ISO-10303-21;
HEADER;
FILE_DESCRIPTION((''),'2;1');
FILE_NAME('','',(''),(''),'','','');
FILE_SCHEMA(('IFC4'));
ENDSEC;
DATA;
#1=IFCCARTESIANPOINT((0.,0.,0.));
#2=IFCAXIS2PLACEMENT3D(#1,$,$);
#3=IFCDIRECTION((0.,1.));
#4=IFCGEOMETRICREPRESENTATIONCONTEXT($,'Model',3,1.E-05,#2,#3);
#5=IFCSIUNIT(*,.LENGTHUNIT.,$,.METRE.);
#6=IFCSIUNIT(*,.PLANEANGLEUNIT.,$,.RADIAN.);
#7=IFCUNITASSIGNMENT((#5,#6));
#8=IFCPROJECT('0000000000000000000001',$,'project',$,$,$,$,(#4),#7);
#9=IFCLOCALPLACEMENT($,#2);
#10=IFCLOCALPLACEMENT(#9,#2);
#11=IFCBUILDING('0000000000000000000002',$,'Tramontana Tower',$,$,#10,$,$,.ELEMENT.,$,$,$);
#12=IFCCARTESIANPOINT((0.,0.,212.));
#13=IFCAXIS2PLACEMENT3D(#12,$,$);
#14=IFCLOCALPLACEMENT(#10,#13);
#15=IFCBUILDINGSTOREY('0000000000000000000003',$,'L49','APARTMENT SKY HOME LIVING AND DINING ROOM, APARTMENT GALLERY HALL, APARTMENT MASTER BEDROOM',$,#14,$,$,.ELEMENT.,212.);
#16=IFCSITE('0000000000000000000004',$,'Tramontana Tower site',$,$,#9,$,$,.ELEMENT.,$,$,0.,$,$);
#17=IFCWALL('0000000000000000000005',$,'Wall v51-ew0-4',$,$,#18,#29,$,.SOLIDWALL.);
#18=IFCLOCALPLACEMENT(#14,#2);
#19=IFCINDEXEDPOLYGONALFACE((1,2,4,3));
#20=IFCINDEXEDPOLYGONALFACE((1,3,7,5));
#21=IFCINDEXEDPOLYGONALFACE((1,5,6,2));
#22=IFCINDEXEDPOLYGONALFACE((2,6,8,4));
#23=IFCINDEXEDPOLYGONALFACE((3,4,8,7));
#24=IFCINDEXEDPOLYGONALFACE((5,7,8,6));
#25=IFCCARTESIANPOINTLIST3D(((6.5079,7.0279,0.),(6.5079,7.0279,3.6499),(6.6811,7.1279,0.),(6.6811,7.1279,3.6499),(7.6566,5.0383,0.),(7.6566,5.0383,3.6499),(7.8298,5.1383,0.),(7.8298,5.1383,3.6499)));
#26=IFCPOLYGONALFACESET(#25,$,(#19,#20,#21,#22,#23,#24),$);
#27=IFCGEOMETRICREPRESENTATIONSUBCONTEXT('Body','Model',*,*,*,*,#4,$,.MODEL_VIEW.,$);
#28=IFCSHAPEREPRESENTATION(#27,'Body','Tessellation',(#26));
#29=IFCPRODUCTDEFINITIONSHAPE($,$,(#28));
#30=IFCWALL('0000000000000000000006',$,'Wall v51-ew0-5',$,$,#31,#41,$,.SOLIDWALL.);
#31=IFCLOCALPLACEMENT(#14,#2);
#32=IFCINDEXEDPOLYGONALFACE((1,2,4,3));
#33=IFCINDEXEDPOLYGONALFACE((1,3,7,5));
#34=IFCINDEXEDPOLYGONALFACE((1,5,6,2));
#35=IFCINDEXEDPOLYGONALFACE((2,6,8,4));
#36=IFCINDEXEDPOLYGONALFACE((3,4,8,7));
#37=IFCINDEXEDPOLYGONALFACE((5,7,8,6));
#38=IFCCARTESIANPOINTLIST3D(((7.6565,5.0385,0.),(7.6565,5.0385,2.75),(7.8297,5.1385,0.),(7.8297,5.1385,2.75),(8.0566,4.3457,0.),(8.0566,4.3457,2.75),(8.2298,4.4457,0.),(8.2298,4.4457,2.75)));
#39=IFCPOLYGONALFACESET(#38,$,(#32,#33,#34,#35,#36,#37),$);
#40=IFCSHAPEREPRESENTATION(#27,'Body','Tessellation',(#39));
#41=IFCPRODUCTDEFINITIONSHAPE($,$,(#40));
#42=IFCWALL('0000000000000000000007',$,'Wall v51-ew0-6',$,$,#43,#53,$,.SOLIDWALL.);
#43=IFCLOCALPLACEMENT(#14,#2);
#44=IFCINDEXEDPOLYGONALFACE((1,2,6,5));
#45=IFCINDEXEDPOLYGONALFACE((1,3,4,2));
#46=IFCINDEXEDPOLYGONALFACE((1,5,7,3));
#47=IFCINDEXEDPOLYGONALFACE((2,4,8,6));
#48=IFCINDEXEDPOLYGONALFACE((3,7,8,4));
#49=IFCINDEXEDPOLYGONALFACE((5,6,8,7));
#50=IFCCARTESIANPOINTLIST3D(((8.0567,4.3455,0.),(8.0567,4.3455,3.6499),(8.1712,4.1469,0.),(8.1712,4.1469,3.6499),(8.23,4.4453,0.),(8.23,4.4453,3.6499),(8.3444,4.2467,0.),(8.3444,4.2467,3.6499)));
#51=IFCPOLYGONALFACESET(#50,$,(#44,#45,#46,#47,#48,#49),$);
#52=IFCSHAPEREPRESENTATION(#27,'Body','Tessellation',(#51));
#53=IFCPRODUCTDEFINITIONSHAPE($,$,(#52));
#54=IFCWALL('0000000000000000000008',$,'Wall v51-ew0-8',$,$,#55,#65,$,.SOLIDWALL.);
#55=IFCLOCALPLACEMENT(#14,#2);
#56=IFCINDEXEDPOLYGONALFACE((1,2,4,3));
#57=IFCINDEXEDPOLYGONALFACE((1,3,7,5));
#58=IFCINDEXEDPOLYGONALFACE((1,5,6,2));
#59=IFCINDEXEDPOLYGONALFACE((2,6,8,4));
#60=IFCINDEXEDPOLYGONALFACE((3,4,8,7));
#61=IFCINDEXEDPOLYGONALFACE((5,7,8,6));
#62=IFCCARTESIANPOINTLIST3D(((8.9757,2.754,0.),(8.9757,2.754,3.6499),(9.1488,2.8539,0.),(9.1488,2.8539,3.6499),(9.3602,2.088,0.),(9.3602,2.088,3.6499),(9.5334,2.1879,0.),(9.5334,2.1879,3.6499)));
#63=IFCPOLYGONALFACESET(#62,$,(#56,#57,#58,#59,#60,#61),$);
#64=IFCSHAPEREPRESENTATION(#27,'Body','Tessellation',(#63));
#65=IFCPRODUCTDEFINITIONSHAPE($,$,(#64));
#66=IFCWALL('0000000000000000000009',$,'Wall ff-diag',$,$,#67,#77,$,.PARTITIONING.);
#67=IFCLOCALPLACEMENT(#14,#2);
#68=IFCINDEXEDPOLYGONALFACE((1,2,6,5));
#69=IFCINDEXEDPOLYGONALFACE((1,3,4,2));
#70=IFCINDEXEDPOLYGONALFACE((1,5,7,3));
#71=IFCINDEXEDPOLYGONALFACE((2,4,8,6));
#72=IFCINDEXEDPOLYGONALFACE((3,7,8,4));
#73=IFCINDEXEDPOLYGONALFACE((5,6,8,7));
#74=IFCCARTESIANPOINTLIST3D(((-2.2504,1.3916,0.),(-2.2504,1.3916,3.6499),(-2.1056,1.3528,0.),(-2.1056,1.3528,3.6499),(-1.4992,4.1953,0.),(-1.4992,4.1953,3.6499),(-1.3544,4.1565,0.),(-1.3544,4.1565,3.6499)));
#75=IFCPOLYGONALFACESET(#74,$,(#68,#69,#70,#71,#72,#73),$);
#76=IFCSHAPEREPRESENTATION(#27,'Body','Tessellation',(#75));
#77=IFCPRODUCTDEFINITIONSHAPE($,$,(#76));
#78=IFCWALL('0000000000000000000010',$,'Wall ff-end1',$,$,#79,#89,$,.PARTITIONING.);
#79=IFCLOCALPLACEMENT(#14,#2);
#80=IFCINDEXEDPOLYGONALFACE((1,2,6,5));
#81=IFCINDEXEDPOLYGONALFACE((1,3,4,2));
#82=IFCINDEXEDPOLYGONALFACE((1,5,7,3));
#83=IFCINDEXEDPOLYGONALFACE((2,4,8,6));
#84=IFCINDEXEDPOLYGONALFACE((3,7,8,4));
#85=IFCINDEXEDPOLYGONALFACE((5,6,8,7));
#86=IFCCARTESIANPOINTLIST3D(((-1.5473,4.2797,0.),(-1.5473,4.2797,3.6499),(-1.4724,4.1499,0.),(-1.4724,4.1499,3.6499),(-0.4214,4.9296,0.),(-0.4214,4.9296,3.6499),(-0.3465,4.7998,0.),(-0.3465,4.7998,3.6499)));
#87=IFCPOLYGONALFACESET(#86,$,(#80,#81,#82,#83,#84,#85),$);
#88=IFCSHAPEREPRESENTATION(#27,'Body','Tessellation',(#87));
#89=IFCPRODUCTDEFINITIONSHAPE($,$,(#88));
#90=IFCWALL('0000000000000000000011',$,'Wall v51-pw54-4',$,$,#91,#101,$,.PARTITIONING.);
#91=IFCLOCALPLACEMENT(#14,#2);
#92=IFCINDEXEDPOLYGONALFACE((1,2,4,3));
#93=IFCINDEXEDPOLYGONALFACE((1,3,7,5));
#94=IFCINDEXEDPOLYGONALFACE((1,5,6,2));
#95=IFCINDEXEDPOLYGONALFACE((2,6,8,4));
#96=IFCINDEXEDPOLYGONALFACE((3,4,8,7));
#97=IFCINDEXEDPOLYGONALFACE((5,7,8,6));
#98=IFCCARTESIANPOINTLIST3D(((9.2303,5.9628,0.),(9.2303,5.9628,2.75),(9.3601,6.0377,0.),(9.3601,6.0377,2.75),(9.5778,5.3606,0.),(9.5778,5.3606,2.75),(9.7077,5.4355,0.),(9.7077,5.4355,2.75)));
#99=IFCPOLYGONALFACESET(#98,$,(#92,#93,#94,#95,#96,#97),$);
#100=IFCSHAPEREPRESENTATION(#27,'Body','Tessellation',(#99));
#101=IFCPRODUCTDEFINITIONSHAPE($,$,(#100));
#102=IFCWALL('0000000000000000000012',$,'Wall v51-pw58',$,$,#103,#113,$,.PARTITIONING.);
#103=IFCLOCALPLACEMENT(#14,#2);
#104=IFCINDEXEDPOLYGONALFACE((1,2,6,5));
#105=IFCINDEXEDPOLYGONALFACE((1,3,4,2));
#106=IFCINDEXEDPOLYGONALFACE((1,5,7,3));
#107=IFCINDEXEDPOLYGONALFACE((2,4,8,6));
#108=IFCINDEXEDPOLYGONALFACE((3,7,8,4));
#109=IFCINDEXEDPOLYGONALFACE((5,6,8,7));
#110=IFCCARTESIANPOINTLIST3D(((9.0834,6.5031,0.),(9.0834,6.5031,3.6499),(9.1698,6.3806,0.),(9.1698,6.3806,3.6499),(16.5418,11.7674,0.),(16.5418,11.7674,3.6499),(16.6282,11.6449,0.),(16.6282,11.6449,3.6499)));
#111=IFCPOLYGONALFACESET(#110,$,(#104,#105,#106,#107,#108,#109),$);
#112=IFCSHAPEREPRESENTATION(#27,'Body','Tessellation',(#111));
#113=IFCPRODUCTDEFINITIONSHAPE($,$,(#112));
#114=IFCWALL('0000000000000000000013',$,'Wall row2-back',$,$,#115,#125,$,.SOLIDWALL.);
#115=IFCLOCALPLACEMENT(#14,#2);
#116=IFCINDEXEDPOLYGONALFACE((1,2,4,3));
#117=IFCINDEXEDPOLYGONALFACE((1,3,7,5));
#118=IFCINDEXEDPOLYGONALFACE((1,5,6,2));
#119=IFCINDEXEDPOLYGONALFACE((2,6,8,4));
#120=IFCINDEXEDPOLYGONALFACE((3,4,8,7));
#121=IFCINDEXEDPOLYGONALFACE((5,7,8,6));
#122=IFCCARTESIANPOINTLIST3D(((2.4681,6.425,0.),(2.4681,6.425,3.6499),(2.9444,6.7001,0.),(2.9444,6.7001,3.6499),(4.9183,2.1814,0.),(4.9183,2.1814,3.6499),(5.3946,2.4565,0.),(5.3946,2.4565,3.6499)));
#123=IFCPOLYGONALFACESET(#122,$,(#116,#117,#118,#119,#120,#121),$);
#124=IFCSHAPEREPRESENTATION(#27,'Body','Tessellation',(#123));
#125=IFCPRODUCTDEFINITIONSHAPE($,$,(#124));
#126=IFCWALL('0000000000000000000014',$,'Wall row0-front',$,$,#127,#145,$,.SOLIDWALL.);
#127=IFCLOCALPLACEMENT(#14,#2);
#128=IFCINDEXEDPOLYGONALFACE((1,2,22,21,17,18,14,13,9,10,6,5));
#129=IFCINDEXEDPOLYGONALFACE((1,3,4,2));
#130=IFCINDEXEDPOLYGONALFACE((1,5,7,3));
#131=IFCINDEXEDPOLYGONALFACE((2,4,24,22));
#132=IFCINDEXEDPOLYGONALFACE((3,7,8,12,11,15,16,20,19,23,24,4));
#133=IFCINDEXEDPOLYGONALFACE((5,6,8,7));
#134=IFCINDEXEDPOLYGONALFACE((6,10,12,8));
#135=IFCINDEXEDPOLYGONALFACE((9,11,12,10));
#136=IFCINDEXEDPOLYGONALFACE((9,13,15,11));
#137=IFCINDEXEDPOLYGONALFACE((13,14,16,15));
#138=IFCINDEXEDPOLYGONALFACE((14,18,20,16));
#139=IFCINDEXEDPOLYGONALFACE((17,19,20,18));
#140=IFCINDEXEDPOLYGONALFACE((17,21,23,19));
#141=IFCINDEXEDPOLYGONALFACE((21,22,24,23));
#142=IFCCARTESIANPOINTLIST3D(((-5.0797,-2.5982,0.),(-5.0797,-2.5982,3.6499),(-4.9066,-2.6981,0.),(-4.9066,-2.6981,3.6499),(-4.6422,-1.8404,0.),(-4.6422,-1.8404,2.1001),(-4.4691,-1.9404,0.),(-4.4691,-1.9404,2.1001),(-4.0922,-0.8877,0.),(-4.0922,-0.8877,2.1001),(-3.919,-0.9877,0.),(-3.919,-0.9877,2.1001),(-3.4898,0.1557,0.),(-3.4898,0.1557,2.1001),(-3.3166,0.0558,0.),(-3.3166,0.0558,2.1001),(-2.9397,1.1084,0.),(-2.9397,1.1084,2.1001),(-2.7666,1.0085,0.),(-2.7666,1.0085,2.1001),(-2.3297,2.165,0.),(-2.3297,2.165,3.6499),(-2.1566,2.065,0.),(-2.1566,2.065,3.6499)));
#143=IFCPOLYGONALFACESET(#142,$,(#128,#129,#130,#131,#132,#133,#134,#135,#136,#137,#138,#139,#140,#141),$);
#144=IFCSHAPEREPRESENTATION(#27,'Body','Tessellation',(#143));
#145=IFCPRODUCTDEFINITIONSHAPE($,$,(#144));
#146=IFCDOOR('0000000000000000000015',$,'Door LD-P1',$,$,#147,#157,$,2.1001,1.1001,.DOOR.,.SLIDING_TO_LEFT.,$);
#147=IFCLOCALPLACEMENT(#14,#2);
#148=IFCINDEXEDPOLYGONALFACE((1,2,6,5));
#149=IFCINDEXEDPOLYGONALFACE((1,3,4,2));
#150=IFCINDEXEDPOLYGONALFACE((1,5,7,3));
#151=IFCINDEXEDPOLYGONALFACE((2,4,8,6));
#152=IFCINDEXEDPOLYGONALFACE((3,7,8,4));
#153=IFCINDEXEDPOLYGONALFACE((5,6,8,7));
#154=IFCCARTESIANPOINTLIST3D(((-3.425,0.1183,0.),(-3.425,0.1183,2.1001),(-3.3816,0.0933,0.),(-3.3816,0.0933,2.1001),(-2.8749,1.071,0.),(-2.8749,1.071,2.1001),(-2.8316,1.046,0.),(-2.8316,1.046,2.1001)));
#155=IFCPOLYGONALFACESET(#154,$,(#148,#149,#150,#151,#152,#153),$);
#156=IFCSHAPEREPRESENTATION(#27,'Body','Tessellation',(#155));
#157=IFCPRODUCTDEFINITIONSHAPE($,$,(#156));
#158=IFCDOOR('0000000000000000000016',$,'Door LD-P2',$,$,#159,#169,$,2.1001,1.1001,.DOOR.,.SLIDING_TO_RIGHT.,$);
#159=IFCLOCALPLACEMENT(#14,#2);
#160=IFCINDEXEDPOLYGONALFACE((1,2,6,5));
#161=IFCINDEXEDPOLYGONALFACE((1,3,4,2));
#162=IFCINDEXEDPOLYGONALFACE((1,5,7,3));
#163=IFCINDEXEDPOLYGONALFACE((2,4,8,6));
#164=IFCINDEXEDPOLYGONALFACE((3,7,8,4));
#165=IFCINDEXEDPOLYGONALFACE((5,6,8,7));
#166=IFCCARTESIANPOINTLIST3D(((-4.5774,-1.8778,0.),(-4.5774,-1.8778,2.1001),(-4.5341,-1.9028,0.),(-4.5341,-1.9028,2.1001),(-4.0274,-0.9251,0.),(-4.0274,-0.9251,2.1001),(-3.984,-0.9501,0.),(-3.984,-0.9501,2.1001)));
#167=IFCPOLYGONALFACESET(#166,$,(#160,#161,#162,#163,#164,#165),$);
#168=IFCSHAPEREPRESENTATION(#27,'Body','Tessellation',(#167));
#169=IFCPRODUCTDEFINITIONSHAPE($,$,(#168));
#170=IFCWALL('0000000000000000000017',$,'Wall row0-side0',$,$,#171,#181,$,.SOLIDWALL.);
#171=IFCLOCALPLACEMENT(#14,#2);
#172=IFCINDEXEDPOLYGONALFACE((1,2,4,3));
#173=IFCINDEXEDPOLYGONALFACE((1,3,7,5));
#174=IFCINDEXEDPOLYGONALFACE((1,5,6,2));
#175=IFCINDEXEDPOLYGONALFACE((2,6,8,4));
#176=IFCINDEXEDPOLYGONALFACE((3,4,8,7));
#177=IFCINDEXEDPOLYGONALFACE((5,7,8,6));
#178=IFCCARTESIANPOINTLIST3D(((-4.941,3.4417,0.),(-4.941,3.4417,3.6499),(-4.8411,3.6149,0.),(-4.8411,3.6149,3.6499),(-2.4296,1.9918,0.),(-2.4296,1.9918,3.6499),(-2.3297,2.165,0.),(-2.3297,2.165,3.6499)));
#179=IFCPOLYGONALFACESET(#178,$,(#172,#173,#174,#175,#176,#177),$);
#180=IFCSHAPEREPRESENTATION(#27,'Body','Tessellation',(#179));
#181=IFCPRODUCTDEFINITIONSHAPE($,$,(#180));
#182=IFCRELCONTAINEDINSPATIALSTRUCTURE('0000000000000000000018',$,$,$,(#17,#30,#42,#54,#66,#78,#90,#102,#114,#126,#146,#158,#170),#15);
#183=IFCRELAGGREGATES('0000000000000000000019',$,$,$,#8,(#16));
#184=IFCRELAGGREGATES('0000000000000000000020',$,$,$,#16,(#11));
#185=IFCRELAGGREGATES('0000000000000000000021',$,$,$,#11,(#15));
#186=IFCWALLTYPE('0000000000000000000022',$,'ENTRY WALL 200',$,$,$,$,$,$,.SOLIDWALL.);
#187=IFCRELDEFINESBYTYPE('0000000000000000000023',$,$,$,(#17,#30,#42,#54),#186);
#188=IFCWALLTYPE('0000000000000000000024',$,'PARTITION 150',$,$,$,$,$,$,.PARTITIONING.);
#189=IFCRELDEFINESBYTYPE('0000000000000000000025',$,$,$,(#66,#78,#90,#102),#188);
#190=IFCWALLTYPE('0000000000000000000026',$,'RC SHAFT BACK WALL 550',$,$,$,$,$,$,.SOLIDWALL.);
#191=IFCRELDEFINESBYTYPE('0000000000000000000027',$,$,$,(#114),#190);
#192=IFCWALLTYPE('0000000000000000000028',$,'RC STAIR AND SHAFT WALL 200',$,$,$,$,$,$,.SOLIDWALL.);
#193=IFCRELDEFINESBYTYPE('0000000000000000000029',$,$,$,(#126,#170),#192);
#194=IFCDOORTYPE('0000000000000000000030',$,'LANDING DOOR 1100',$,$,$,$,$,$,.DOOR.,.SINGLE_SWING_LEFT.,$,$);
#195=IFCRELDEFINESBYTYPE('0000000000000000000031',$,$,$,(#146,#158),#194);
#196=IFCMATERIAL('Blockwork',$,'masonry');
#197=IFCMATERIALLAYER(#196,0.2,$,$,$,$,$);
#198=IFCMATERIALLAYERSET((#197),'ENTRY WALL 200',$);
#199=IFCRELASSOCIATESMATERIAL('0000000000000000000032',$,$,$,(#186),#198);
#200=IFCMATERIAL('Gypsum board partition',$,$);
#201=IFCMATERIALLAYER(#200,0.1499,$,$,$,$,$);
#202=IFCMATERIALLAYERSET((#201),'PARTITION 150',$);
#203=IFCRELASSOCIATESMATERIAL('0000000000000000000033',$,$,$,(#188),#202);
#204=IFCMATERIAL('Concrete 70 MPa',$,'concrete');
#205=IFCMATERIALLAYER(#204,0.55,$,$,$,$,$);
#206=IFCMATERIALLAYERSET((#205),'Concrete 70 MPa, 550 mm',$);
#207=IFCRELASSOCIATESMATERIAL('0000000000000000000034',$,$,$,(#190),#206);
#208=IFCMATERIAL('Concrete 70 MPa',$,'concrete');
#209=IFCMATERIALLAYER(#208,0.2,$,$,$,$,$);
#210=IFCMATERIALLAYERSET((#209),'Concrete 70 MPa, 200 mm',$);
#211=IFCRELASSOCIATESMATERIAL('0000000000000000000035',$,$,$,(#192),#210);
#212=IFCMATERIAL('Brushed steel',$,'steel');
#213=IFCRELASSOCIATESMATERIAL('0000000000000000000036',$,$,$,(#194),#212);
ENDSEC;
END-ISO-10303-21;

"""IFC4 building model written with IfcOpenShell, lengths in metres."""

from ifc_helpers import new_model, si_unit, direction, frame, frame_2d, origin, place, context, subcontext, project, spatial, rectangle, extrude, material, layer, layer_set, type_object, element, fill, save


model = new_model("IFC4")

# Units and contexts
model_context = context("Model", 3, precision=1e-05, world=origin(), true_north=direction((0.0, 1.0)))
body_context = subcontext(model_context, "Body", "Model", "MODEL_VIEW")
ifc_project = project(units=[si_unit("LENGTHUNIT", "METRE"), si_unit("PLANEANGLEUNIT", "RADIAN")], contexts=[model_context])

# Site, building, storey
site_placement = place(None, origin())
site = spatial("IfcSite", under=ifc_project, at=site_placement, Name="Tramontana Tower site", CompositionType="ELEMENT", RefElevation=0.0)
building_placement = place(site_placement, origin())
building = spatial("IfcBuilding", under=site, at=building_placement, Name="Tramontana Tower", CompositionType="ELEMENT")
storey_placement = place(building_placement, frame((0.0, 0.0, 212.0)))
storey = spatial("IfcBuildingStorey", under=building, at=storey_placement, Name="L49", Description="APARTMENT SKY HOME LIVING AND DINING ROOM, APARTMENT GALLERY HALL, APARTMENT MASTER BEDROOM", CompositionType="ELEMENT", Elevation=212.0)

# Walls
ifc_material_1 = material(Name="Blockwork", Category="masonry")
ifc_layer_1 = layer(ifc_material_1, 0.2)
ifc_layer_set_1 = layer_set([ifc_layer_1], Name="ENTRY WALL 200")
wall_type_1 = type_object("IfcWallType", Name="ENTRY WALL 200", PredefinedType="SOLIDWALL", material=ifc_layer_set_1)
wall_1_placement = place(storey_placement, frame((6.5945, 7.0779, 0.0), z_axis=(0.0, 0.0, 1.0), x_axis=(0.500014, -0.866017, 0.0)))
element("IfcWall", 1, at=wall_1_placement, inside=storey, type_object=wall_type_1, Name="Wall v51-ew0-4", PredefinedType="SOLIDWALL", context=body_context, shape_type="SweptSolid", body=[
    extrude(rectangle(XDim=2.2974, YDim=0.2, at=frame_2d((1.1487, 0.0))), origin(), (0.0, 0.0, 1.0), 3.6499),
])
wall_2_placement = place(storey_placement, frame((7.7432, 5.0884, 0.0), z_axis=(0.0, 0.0, 1.0), x_axis=(0.50011, -0.865962, 0.0)))
element("IfcWall", 2, at=wall_2_placement, inside=storey, type_object=wall_type_1, Name="Wall v51-ew0-5", PredefinedType="SOLIDWALL", context=body_context, shape_type="SweptSolid", body=[
    extrude(rectangle(XDim=0.8, YDim=0.2, at=frame_2d((0.3999, 0.0))), origin(), (0.0, 0.0, 1.0), 2.75),
])
wall_3_placement = place(storey_placement, frame((8.1433, 4.3955, 0.0), z_axis=(0.0, 0.0, 1.0), x_axis=(0.499231, -0.866469, 0.0)))
element("IfcWall", 3, at=wall_3_placement, inside=storey, type_object=wall_type_1, Name="Wall v51-ew0-6", PredefinedType="SOLIDWALL", context=body_context, shape_type="SweptSolid", body=[
    extrude(rectangle(XDim=0.2292, YDim=0.2, at=frame_2d((0.1147, 0.0))), origin(), (0.0, 0.0, 1.0), 3.6499),
])

# Walls
wall_4_placement = place(storey_placement, frame((9.0623, 2.804, 0.0), z_axis=(0.0, 0.0, 1.0), x_axis=(0.499997, -0.866027, 0.0)))
element("IfcWall", 4, at=wall_4_placement, inside=storey, type_object=wall_type_1, Name="Wall v51-ew0-8", PredefinedType="SOLIDWALL", context=body_context, shape_type="SweptSolid", body=[
    extrude(rectangle(XDim=0.769, YDim=0.2, at=frame_2d((0.3845, 0.0))), origin(), (0.0, 0.0, 1.0), 3.6499),
])
ifc_material_2 = material(Name="Gypsum board partition")
ifc_layer_2 = layer(ifc_material_2, 0.1499)
ifc_layer_set_2 = layer_set([ifc_layer_2], Name="PARTITION 150")
wall_type_2 = type_object("IfcWallType", Name="PARTITION 150", PredefinedType="PARTITIONING", material=ifc_layer_set_2)
wall_5_placement = place(storey_placement, frame((-2.178, 1.3723, 0.0), z_axis=(0.0, 0.0, 1.0), x_axis=(0.258809, 0.965929, 0.0)))
element("IfcWall", 5, at=wall_5_placement, inside=storey, type_object=wall_type_2, Name="Wall ff-diag", PredefinedType="PARTITIONING", context=body_context, shape_type="SweptSolid", body=[
    extrude(rectangle(XDim=2.9026, YDim=0.1499, at=frame_2d((1.4512, 0.0))), origin(), (0.0, 0.0, 1.0), 3.6499),
])
wall_6_placement = place(storey_placement, frame((-1.5098, 4.2148, 0.0), z_axis=(0.0, 0.0, 1.0), x_axis=(0.866086, 0.499896, 0.0)))
element("IfcWall", 6, at=wall_6_placement, inside=storey, type_object=wall_type_2, Name="Wall ff-end1", PredefinedType="PARTITIONING", context=body_context, shape_type="SweptSolid", body=[
    extrude(rectangle(XDim=1.3, YDim=0.1499, at=frame_2d((0.6499, 0.0))), origin(), (0.0, 0.0, 1.0), 3.6499),
])
wall_7_placement = place(storey_placement, frame((9.2952, 6.0002, 0.0), z_axis=(0.0, 0.0, 1.0), x_axis=(0.499915, -0.866075, 0.0)))
element("IfcWall", 7, at=wall_7_placement, inside=storey, type_object=wall_type_2, Name="Wall v51-pw54-4", PredefinedType="PARTITIONING", context=body_context, shape_type="SweptSolid", body=[
    extrude(rectangle(XDim=0.6953, YDim=0.1499, at=frame_2d((0.3477, 0.0))), origin(), (0.0, 0.0, 1.0), 2.75),
])
wall_8_placement = place(storey_placement, frame((9.1267, 6.4419, 0.0), z_axis=(0.0, 0.0, 1.0), x_axis=(0.816989, 0.576653, 0.0)))
element("IfcWall", 8, at=wall_8_placement, inside=storey, type_object=wall_type_2, Name="Wall v51-pw58", PredefinedType="PARTITIONING", context=body_context, shape_type="SweptSolid", body=[
    extrude(rectangle(XDim=9.1292, YDim=0.1499, at=frame_2d((4.5645, 0.0))), origin(), (0.0, 0.0, 1.0), 3.6499),
])
ifc_material_3 = material(Name="Concrete 70 MPa", Category="concrete")
ifc_layer_3 = layer(ifc_material_3, 0.55)
ifc_layer_set_3 = layer_set([ifc_layer_3], Name="Concrete 70 MPa, 550 mm")
wall_type_3 = type_object("IfcWallType", Name="RC SHAFT BACK WALL 550", PredefinedType="SOLIDWALL", material=ifc_layer_set_3)
wall_9_placement = place(storey_placement, frame((5.1565, 2.3188, 0.0), z_axis=(0.0, 0.0, 1.0), x_axis=(-0.500019, 0.866015, 0.0)))
element("IfcWall", 9, at=wall_9_placement, inside=storey, type_object=wall_type_3, Name="Wall row2-back", PredefinedType="SOLIDWALL", context=body_context, shape_type="SweptSolid", body=[
    extrude(rectangle(XDim=4.9001, YDim=0.55, at=frame_2d((2.4502, 0.0))), origin(), (0.0, 0.0, 1.0), 3.6499),
])

# Shared definitions
ifc_material_4 = material(Name="Concrete 70 MPa", Category="concrete")
ifc_layer_4 = layer(ifc_material_4, 0.2)
ifc_layer_set_4 = layer_set([ifc_layer_4], Name="Concrete 70 MPa, 200 mm")
wall_type_4 = type_object("IfcWallType", Name="RC STAIR AND SHAFT WALL 200", PredefinedType="SOLIDWALL", material=ifc_layer_set_4)

# Wall, openings, doors
wall_10_placement = place(storey_placement, frame((-2.2432, 2.115, 0.0), z_axis=(0.0, 0.0, 1.0), x_axis=(-0.499997, -0.866027, 0.0)))
wall_10 = element("IfcWall", 10, at=wall_10_placement, inside=storey, type_object=wall_type_4, Name="Wall row0-front", PredefinedType="SOLIDWALL", context=body_context, shape_type="SweptSolid", body=[
    extrude(rectangle(XDim=5.5, YDim=0.2, at=frame_2d((2.75, 0.0))), origin(), (0.0, 0.0, 1.0), 3.6499),
])
opening_1_placement = place(wall_10_placement, frame((1.22, 0.0, 0.0)))
opening_1 = element("IfcOpeningElement", 11, at=opening_1_placement, cuts=wall_10, PredefinedType="OPENING", context=body_context, shape_type="SweptSolid", body=[
    extrude(rectangle(XDim=1.1001, YDim=2.1001, at=frame_2d((0.55, 1.05))), frame((0.0, 0.1099, 0.0), z_axis=(0.0, -1.0, 0.0), x_axis=(1.0, 0.0, 0.0)), (0.0, 0.0, 1.0), 0.22),
])
opening_2_placement = place(wall_10_placement, frame((3.5249, 0.0, 0.0)))
opening_2 = element("IfcOpeningElement", 12, at=opening_2_placement, cuts=wall_10, PredefinedType="OPENING", context=body_context, shape_type="SweptSolid", body=[
    extrude(rectangle(XDim=1.1001, YDim=2.1001, at=frame_2d((0.55, 1.05))), frame((0.0, 0.1099, 0.0), z_axis=(0.0, -1.0, 0.0), x_axis=(1.0, 0.0, 0.0)), (0.0, 0.0, 1.0), 0.22),
])
ifc_material_5 = material(Name="Brushed steel", Category="steel")
door_type_1 = type_object("IfcDoorType", Name="LANDING DOOR 1100", OperationType="SINGLE_SWING_LEFT", PredefinedType="DOOR", material=ifc_material_5)
door_1_placement = place(opening_1_placement, origin())
door_1 = element("IfcDoor", 13, at=door_1_placement, inside=storey, type_object=door_type_1, Name="Door LD-P1", OperationType="SLIDING_TO_LEFT", OverallHeight=2.1001, OverallWidth=1.1001, PredefinedType="DOOR", context=body_context, shape_type="SweptSolid", body=[
    extrude(rectangle(XDim=1.1001, YDim=2.1001, at=frame_2d((0.55, 1.05))), frame((0.0, 0.0249, 0.0), z_axis=(0.0, -1.0, 0.0), x_axis=(1.0, 0.0, 0.0)), (0.0, 0.0, 1.0), 0.05),
])
fill(opening_1, door_1)
door_2_placement = place(opening_2_placement, origin())
door_2 = element("IfcDoor", 14, at=door_2_placement, inside=storey, type_object=door_type_1, Name="Door LD-P2", OperationType="SLIDING_TO_RIGHT", OverallHeight=2.1001, OverallWidth=1.1001, PredefinedType="DOOR", context=body_context, shape_type="SweptSolid", body=[
    extrude(rectangle(XDim=1.1001, YDim=2.1001, at=frame_2d((0.55, 1.05))), frame((0.0, 0.0249, 0.0), z_axis=(0.0, -1.0, 0.0), x_axis=(1.0, 0.0, 0.0)), (0.0, 0.0, 1.0), 0.05),
])
fill(opening_2, door_2)

# Wall
wall_11_placement = place(storey_placement, frame((-2.3796, 2.0784, 0.0), z_axis=(0.0, 0.0, 1.0), x_axis=(-0.866033, 0.499987, 0.0)))
element("IfcWall", 15, at=wall_11_placement, inside=storey, type_object=wall_type_4, Name="Wall row0-side0", PredefinedType="SOLIDWALL", context=body_context, shape_type="SweptSolid", body=[
    extrude(rectangle(XDim=2.8999, YDim=0.2, at=frame_2d((1.45, 0.0))), origin(), (0.0, 0.0, 1.0), 3.6499),
])

save(model, "model.ifc")
